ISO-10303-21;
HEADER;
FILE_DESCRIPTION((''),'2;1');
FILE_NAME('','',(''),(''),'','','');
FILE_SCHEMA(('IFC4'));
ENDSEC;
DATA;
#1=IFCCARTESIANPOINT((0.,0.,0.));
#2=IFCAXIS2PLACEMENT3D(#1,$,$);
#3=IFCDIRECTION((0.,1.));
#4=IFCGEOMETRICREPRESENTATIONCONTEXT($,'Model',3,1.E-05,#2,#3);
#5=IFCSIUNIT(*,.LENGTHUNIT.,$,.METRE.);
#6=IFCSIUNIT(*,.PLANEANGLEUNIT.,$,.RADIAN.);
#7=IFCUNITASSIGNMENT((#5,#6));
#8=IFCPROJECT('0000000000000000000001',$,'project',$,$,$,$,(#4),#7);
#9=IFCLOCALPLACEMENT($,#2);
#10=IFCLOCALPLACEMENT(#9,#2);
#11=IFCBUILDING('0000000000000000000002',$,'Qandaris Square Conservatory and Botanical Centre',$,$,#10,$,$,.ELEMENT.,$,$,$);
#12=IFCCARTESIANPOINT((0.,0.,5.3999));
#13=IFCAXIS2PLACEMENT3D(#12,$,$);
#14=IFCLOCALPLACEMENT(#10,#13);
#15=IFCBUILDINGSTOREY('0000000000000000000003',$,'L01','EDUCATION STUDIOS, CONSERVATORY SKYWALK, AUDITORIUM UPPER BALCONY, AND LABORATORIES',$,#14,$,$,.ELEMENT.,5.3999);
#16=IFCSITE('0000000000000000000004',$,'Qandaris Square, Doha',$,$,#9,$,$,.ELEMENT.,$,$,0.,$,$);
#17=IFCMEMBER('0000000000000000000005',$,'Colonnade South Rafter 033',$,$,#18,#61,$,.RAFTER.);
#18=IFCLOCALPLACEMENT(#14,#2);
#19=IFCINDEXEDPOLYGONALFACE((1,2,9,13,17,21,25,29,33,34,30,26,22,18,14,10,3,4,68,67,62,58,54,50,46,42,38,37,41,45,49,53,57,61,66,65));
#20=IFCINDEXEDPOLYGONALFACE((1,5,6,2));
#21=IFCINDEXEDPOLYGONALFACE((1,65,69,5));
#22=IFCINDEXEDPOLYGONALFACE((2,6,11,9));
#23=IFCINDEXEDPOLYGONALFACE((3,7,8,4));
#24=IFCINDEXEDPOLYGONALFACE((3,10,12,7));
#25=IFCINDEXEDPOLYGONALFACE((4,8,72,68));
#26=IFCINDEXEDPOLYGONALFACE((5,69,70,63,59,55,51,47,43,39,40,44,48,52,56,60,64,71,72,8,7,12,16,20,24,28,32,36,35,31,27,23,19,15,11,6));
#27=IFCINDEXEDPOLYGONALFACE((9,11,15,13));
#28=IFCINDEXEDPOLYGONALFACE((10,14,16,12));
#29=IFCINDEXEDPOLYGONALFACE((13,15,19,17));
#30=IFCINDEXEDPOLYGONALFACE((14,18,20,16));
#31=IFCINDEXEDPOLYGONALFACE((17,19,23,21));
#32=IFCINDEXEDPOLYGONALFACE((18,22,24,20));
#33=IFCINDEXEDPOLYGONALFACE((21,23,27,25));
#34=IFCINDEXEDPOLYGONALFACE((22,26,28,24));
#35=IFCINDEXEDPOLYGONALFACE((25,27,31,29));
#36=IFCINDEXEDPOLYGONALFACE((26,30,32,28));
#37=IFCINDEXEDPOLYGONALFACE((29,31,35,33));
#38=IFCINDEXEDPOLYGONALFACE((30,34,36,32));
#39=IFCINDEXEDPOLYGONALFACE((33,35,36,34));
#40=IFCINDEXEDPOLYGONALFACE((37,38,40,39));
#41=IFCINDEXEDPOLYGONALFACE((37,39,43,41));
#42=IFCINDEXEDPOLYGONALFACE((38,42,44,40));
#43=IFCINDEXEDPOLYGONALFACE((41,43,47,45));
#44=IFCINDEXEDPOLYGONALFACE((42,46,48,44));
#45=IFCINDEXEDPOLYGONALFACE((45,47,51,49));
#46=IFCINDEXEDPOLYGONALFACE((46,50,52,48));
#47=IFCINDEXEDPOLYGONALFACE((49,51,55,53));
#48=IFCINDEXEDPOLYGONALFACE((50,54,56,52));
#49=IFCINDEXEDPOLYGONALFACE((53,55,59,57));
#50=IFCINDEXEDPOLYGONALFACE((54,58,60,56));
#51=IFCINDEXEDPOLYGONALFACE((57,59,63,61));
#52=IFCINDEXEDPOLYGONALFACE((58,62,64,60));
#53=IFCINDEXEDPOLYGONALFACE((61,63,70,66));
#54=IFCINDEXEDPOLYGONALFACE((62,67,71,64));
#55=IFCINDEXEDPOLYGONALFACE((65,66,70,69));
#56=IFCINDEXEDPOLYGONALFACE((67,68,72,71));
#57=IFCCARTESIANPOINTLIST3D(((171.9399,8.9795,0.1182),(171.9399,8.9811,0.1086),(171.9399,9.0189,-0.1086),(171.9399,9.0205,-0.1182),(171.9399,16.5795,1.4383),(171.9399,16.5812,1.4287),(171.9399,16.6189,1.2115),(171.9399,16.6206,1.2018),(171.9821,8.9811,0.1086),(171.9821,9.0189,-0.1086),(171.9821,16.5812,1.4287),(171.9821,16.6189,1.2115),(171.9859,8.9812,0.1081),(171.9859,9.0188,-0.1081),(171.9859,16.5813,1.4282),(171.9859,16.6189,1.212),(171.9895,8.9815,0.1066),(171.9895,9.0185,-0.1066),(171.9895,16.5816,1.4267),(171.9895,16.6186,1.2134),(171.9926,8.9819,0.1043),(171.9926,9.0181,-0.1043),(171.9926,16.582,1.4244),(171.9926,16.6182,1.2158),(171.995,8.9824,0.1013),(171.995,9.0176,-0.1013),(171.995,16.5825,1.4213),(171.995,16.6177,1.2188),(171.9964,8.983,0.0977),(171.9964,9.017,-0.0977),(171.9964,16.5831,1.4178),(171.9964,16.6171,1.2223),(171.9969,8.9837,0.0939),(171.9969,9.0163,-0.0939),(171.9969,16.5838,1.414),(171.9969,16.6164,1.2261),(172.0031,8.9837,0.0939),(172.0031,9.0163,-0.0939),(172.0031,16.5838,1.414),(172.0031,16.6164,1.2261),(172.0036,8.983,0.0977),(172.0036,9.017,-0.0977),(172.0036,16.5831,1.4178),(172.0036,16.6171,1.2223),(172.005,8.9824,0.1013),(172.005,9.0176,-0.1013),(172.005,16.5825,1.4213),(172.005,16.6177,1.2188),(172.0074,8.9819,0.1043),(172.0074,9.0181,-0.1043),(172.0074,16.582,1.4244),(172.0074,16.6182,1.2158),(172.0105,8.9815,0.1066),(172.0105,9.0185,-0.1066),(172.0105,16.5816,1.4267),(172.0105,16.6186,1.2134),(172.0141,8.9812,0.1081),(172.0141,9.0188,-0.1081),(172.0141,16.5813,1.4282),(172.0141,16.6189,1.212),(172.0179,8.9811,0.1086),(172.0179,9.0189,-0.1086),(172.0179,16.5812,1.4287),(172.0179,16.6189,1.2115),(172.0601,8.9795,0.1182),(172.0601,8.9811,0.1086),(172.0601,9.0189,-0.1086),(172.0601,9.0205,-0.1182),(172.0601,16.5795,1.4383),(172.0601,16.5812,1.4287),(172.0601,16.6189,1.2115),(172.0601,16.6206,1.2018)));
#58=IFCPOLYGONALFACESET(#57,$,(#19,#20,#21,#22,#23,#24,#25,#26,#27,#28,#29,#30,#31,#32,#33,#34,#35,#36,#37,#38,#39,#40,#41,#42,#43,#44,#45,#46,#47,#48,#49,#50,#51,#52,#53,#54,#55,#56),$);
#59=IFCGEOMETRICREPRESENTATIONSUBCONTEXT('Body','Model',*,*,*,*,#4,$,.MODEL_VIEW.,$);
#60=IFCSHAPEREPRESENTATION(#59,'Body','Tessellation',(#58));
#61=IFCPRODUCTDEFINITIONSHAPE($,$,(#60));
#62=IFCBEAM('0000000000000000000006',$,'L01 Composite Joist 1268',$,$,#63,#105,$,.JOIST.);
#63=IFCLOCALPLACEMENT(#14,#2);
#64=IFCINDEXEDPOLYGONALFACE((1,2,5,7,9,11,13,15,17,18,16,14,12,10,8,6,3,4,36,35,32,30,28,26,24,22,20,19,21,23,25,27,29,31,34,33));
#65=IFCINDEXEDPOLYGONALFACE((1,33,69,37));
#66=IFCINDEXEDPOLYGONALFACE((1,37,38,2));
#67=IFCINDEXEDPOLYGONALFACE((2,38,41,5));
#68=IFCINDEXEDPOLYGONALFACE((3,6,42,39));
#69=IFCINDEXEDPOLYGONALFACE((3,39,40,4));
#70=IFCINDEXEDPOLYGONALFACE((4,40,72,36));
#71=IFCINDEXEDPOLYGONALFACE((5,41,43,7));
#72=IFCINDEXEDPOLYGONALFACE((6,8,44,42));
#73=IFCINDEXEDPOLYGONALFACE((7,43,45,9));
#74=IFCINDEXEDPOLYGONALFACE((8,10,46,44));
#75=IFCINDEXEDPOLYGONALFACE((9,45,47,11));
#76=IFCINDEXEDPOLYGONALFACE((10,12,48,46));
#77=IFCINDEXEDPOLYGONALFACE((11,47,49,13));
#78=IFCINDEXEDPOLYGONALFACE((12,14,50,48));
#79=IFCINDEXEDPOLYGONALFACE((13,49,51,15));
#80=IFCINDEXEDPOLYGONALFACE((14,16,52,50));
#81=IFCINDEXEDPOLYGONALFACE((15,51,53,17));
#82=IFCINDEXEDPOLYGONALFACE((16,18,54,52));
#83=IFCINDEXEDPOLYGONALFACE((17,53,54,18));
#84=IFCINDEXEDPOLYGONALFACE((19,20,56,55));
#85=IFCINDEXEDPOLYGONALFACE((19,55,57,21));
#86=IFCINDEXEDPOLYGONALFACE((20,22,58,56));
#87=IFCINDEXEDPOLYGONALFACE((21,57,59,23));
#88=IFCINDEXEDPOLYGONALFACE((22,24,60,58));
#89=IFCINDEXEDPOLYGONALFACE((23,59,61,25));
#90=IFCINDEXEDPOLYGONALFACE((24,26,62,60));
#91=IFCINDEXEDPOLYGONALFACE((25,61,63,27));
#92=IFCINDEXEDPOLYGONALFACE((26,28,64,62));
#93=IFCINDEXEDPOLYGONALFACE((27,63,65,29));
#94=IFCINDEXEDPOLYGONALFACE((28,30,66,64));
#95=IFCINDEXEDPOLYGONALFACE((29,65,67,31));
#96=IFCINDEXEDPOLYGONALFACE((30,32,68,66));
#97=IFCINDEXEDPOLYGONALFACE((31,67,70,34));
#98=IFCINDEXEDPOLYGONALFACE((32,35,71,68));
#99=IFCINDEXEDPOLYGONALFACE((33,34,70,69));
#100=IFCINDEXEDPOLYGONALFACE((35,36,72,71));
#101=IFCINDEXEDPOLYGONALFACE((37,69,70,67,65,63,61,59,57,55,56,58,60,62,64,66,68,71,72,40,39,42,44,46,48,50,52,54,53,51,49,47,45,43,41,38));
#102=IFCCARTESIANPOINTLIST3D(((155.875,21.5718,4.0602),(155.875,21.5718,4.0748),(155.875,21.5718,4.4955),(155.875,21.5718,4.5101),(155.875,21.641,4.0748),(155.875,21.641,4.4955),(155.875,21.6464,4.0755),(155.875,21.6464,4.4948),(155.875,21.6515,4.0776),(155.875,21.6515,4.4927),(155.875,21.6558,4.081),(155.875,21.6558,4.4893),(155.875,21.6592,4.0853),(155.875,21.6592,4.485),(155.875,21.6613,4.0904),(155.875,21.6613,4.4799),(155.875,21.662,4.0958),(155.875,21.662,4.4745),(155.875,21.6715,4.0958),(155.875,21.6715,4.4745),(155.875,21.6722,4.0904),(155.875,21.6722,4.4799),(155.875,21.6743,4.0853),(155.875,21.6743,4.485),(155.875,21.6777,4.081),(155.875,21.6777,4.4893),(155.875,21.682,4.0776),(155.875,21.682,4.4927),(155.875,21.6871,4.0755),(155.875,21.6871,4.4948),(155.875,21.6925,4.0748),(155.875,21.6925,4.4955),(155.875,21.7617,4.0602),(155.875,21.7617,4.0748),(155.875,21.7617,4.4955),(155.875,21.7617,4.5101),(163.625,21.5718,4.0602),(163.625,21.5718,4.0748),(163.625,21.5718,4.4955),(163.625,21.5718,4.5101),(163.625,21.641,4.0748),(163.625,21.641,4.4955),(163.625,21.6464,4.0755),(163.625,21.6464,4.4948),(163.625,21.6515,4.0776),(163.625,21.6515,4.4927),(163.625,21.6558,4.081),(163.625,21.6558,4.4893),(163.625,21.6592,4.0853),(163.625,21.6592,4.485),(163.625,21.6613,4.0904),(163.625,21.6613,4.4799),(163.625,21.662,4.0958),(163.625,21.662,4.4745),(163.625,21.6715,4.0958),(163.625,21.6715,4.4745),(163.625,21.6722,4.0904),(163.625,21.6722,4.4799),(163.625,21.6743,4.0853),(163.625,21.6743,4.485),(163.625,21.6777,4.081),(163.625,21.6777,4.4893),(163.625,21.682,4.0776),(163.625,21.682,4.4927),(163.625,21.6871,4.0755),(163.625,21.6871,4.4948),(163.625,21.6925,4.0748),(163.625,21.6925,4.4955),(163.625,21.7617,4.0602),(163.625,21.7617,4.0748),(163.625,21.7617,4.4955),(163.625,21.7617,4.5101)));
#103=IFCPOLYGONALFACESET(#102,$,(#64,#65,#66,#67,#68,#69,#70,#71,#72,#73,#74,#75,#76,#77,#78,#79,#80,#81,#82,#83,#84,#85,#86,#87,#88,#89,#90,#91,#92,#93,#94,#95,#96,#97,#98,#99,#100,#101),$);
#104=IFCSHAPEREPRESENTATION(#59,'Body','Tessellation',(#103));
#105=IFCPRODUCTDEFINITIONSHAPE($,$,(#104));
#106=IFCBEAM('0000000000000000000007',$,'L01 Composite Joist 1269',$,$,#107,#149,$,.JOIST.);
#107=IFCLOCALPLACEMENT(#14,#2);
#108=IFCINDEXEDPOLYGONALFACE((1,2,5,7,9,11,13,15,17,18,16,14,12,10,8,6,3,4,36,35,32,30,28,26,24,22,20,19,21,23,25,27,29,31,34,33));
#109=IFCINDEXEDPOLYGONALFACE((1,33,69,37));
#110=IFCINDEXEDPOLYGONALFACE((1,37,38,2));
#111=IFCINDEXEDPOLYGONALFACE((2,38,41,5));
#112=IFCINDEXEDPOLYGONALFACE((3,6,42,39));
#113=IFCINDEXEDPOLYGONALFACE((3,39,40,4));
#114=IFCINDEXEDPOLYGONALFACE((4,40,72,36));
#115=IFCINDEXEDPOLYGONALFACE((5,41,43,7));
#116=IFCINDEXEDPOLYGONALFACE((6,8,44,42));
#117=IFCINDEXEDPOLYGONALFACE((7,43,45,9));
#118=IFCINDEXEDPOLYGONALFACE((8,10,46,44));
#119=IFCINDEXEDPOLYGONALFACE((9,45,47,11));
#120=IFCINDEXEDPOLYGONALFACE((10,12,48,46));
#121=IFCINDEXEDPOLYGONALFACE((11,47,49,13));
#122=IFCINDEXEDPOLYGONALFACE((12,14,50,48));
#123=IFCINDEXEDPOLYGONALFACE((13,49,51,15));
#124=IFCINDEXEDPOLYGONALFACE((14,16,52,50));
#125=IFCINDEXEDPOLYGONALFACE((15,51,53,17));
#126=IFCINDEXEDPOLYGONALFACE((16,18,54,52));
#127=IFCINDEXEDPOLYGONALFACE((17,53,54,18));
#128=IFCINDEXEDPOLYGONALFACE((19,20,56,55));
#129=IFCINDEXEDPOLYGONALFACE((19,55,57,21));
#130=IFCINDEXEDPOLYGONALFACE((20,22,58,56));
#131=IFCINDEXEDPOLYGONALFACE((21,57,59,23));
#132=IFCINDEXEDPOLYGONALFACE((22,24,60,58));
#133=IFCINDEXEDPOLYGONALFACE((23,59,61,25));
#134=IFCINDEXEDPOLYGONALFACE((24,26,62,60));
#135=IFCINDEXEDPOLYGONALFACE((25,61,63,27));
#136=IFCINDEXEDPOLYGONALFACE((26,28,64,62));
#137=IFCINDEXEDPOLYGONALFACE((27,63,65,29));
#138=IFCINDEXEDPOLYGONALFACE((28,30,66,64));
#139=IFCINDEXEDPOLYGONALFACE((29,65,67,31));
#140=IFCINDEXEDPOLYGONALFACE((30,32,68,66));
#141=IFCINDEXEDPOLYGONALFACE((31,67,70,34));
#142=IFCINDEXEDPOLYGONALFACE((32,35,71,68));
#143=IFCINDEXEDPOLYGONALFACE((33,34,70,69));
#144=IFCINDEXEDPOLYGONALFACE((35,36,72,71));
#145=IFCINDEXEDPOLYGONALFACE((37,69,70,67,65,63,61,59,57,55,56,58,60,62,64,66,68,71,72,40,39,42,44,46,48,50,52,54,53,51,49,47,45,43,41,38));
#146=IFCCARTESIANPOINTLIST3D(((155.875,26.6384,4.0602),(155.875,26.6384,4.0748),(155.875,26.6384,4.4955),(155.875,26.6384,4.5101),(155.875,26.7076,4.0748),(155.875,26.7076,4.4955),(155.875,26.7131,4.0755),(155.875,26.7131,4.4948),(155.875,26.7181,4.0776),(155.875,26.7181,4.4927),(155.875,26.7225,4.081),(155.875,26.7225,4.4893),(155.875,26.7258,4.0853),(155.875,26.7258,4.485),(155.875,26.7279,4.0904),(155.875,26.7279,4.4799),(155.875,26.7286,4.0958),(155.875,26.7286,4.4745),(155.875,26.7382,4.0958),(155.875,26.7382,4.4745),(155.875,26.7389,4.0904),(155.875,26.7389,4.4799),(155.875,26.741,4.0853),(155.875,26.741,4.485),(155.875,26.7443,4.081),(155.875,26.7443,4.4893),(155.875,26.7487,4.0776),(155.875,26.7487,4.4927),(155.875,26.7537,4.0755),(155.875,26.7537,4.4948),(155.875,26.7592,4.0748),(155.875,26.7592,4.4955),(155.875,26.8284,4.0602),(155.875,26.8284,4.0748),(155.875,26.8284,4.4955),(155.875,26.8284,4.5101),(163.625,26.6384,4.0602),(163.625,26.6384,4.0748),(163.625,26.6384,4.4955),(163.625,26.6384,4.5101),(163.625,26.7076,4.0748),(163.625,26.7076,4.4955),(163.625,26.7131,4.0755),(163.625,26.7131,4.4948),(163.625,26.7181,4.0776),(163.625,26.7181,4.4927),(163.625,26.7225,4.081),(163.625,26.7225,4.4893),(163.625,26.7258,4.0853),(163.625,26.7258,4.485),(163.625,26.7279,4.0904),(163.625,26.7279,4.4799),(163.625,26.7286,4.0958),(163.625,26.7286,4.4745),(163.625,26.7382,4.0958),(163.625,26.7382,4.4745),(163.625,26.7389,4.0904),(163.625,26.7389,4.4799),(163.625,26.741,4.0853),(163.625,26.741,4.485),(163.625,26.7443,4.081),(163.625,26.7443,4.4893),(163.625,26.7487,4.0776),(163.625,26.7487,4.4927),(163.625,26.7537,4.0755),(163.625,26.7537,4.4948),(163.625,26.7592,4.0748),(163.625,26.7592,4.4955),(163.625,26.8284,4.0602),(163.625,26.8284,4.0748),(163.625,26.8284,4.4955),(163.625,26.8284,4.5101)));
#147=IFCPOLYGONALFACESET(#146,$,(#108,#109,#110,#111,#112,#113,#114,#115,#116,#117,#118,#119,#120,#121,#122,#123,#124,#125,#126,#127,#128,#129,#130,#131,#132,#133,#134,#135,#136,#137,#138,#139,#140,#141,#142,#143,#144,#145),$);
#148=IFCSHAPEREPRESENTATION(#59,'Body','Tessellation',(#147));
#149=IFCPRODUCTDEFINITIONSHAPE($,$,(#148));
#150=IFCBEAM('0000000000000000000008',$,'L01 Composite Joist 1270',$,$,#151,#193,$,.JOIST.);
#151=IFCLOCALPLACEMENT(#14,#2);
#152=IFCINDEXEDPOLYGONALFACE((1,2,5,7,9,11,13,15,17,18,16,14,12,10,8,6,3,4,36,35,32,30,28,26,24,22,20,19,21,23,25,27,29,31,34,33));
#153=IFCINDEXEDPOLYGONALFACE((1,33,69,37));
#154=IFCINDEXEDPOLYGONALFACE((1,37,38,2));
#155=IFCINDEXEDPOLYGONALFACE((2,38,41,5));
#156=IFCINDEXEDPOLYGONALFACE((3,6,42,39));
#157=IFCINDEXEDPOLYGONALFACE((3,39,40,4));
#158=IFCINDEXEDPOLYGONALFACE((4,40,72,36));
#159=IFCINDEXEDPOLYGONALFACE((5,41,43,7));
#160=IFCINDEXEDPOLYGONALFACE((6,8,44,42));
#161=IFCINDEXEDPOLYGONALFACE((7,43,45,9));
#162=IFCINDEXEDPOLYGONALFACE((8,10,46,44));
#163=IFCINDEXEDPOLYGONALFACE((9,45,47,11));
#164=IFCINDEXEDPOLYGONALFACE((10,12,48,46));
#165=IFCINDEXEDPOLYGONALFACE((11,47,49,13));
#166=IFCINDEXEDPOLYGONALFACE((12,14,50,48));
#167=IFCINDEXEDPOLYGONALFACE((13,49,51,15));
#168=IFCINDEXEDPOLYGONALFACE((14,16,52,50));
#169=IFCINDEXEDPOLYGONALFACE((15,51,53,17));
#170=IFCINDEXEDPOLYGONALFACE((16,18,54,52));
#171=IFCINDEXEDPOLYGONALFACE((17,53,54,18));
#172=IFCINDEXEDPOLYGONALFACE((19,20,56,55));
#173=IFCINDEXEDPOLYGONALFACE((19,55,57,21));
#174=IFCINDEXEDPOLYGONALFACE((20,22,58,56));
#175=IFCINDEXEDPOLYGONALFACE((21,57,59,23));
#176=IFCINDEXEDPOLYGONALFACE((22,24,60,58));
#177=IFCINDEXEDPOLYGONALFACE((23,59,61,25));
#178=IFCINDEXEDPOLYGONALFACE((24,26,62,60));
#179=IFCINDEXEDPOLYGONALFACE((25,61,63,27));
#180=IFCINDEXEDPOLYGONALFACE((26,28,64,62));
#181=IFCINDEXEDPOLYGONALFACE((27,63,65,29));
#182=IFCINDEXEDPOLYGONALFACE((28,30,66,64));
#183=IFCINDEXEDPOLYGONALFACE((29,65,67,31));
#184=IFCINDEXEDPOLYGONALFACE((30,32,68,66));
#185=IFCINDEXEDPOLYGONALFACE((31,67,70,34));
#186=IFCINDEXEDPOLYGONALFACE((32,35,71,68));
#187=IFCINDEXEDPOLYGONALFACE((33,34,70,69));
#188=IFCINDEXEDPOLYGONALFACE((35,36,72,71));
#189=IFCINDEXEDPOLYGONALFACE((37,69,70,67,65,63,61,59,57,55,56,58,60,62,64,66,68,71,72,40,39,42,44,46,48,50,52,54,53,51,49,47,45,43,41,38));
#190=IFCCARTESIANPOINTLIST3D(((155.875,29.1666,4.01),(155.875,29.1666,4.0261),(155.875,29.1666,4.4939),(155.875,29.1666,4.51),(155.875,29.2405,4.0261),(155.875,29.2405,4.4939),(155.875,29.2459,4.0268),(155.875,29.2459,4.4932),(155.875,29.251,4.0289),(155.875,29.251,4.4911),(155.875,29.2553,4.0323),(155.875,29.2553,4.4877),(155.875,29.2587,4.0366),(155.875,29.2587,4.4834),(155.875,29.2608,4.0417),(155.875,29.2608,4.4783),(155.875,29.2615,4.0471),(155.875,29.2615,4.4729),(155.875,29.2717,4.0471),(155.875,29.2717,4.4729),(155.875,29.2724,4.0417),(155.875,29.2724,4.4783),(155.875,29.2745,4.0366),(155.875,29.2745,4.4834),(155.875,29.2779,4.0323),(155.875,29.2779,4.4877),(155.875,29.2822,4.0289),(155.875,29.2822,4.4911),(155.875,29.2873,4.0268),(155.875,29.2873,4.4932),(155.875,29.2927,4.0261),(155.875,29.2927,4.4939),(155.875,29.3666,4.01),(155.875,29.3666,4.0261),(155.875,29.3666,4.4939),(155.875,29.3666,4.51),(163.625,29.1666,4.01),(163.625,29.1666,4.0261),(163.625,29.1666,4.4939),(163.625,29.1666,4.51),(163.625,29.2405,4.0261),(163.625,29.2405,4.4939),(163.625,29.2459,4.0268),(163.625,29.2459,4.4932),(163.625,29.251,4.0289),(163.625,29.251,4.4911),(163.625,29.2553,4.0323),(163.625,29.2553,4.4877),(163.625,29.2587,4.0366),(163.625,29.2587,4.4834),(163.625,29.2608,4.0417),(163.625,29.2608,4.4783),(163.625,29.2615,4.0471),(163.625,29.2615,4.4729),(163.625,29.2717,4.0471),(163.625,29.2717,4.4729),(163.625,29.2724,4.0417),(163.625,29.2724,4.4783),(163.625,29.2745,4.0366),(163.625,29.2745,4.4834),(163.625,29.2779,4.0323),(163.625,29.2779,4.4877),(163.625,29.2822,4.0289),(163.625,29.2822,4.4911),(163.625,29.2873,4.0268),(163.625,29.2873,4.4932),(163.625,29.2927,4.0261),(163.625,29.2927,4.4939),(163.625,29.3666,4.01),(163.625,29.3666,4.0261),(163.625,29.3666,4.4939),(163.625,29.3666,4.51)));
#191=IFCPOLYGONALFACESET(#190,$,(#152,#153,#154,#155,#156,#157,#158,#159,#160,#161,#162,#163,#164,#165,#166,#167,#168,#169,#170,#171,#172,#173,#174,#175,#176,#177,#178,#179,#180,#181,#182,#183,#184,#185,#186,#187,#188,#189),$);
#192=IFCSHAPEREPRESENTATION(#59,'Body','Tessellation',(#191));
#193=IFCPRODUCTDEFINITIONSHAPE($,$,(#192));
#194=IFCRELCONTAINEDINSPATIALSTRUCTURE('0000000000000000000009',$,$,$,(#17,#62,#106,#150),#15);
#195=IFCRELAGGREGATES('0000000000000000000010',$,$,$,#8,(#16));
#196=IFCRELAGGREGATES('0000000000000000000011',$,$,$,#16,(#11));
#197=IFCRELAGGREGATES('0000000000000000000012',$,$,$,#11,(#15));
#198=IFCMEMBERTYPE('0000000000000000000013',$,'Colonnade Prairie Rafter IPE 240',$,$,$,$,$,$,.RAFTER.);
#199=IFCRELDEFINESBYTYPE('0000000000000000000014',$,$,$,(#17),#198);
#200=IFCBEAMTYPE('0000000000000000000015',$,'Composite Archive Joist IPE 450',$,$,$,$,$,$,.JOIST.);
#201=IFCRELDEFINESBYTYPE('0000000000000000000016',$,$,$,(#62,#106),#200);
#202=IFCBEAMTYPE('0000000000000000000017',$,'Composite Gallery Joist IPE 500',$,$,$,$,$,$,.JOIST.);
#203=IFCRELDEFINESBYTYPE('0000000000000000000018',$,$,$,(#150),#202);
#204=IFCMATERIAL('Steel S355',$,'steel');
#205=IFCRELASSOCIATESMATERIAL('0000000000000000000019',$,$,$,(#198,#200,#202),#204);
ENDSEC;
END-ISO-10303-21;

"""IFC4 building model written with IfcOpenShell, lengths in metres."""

from ifc_helpers import new_model, si_unit, direction, frame, origin, origin_2d, place, context, subcontext, project, spatial, i_section, extrude, material, material_profile, profile_set, type_object, element, save


model = new_model("IFC4")

# Units and contexts
model_context = context("Model", 3, precision=1e-05, world=origin(), true_north=direction((0.0, 1.0)))
body_context = subcontext(model_context, "Body", "Model", "MODEL_VIEW")
ifc_project = project(units=[si_unit("LENGTHUNIT", "METRE"), si_unit("PLANEANGLEUNIT", "RADIAN")], contexts=[model_context])

# Site, building, storey
site_placement = place(None, origin())
site = spatial("IfcSite", under=ifc_project, at=site_placement, Name="Qandaris Square, Doha", CompositionType="ELEMENT", RefElevation=0.0)
building_placement = place(site_placement, origin())
building = spatial("IfcBuilding", under=site, at=building_placement, Name="Qandaris Square Conservatory and Botanical Centre", CompositionType="ELEMENT")
storey_placement = place(building_placement, frame((0.0, 0.0, 5.3999)))
storey = spatial("IfcBuildingStorey", under=building, at=storey_placement, Name="L01", Description="EDUCATION STUDIOS, CONSERVATORY SKYWALK, AUDITORIUM UPPER BALCONY, AND LABORATORIES", CompositionType="ELEMENT", Elevation=5.3999)

# Member
ifc_material_1 = material(Name="Steel S355", Category="steel")
ifc_material_profile_1 = material_profile(ifc_material_1, i_section(OverallWidth=0.1201, OverallDepth=0.24, WebThickness=0.0061, FlangeThickness=0.0098, FilletRadius=0.0149, at=origin_2d()), Name="IPE 240")
ifc_profile_set_1 = profile_set([ifc_material_profile_1], Name="Steel S355")
member_type_1 = type_object("IfcMemberType", Name="Colonnade Prairie Rafter IPE 240", PredefinedType="RAFTER", material=ifc_profile_set_1)
for number, where, z_axis, x_axis, name in (
    (1, (172.0, 9.0, 0.0), (0.0, 0.985249, 0.171129), (-1.0, 0.0, 0.0), "Colonnade South Rafter 033"),
):
    element("IfcMember", number, at=place(storey_placement, frame(where, z_axis=z_axis, x_axis=x_axis)), inside=storey, type_object=member_type_1, Name=name, PredefinedType="RAFTER", context=body_context, shape_type="SweptSolid", body=[
        extrude(i_section(OverallWidth=0.1201, OverallDepth=0.24, WebThickness=0.0061, FlangeThickness=0.0098, FilletRadius=0.0149, at=origin_2d()), origin(), (0.0, 0.0, 1.0), 7.7139),
    ])

# Beams
ifc_material_profile_2 = material_profile(ifc_material_1, i_section(OverallWidth=0.1899, OverallDepth=0.45, WebThickness=0.0095, FlangeThickness=0.0146, FilletRadius=0.021, at=origin_2d()), Name="IPE 450")
ifc_profile_set_2 = profile_set([ifc_material_profile_2], Name="Steel S355")
beam_type_1 = type_object("IfcBeamType", Name="Composite Archive Joist IPE 450", PredefinedType="JOIST", material=ifc_profile_set_2)
for number, where, z_axis, x_axis, name in (
    (2, (155.875, 21.6667, 4.2852), (1.0, 0.0, 0.0), (0.0, 1.0, 0.0), "L01 Composite Joist 1268"),
    (3, (155.875, 26.7334, 4.2852), (1.0, 0.0, 0.0), (0.0, 1.0, 0.0), "L01 Composite Joist 1269"),
):
    element("IfcBeam", number, at=place(storey_placement, frame(where, z_axis=z_axis, x_axis=x_axis)), inside=storey, type_object=beam_type_1, Name=name, PredefinedType="JOIST", context=body_context, shape_type="SweptSolid", body=[
        extrude(i_section(OverallWidth=0.1899, OverallDepth=0.45, WebThickness=0.0095, FlangeThickness=0.0146, FilletRadius=0.021, at=origin_2d()), origin(), (0.0, 0.0, 1.0), 7.75),
    ])
ifc_material_profile_3 = material_profile(ifc_material_1, i_section(OverallWidth=0.2, OverallDepth=0.5, WebThickness=0.0103, FlangeThickness=0.0161, FilletRadius=0.021, at=origin_2d()), Name="IPE 500")
ifc_profile_set_3 = profile_set([ifc_material_profile_3], Name="Steel S355")
beam_type_2 = type_object("IfcBeamType", Name="Composite Gallery Joist IPE 500", PredefinedType="JOIST", material=ifc_profile_set_3)
beam_1_placement = place(storey_placement, frame((155.875, 29.2666, 4.26), z_axis=(1.0, 0.0, 0.0), x_axis=(0.0, 1.0, 0.0)))
element("IfcBeam", 4, at=beam_1_placement, inside=storey, type_object=beam_type_2, Name="L01 Composite Joist 1270", PredefinedType="JOIST", context=body_context, shape_type="SweptSolid", body=[
    extrude(i_section(OverallWidth=0.2, OverallDepth=0.5, WebThickness=0.0103, FlangeThickness=0.0161, FilletRadius=0.021, at=origin_2d()), origin(), (0.0, 0.0, 1.0), 7.75),
])

save(model, "model.ifc")
